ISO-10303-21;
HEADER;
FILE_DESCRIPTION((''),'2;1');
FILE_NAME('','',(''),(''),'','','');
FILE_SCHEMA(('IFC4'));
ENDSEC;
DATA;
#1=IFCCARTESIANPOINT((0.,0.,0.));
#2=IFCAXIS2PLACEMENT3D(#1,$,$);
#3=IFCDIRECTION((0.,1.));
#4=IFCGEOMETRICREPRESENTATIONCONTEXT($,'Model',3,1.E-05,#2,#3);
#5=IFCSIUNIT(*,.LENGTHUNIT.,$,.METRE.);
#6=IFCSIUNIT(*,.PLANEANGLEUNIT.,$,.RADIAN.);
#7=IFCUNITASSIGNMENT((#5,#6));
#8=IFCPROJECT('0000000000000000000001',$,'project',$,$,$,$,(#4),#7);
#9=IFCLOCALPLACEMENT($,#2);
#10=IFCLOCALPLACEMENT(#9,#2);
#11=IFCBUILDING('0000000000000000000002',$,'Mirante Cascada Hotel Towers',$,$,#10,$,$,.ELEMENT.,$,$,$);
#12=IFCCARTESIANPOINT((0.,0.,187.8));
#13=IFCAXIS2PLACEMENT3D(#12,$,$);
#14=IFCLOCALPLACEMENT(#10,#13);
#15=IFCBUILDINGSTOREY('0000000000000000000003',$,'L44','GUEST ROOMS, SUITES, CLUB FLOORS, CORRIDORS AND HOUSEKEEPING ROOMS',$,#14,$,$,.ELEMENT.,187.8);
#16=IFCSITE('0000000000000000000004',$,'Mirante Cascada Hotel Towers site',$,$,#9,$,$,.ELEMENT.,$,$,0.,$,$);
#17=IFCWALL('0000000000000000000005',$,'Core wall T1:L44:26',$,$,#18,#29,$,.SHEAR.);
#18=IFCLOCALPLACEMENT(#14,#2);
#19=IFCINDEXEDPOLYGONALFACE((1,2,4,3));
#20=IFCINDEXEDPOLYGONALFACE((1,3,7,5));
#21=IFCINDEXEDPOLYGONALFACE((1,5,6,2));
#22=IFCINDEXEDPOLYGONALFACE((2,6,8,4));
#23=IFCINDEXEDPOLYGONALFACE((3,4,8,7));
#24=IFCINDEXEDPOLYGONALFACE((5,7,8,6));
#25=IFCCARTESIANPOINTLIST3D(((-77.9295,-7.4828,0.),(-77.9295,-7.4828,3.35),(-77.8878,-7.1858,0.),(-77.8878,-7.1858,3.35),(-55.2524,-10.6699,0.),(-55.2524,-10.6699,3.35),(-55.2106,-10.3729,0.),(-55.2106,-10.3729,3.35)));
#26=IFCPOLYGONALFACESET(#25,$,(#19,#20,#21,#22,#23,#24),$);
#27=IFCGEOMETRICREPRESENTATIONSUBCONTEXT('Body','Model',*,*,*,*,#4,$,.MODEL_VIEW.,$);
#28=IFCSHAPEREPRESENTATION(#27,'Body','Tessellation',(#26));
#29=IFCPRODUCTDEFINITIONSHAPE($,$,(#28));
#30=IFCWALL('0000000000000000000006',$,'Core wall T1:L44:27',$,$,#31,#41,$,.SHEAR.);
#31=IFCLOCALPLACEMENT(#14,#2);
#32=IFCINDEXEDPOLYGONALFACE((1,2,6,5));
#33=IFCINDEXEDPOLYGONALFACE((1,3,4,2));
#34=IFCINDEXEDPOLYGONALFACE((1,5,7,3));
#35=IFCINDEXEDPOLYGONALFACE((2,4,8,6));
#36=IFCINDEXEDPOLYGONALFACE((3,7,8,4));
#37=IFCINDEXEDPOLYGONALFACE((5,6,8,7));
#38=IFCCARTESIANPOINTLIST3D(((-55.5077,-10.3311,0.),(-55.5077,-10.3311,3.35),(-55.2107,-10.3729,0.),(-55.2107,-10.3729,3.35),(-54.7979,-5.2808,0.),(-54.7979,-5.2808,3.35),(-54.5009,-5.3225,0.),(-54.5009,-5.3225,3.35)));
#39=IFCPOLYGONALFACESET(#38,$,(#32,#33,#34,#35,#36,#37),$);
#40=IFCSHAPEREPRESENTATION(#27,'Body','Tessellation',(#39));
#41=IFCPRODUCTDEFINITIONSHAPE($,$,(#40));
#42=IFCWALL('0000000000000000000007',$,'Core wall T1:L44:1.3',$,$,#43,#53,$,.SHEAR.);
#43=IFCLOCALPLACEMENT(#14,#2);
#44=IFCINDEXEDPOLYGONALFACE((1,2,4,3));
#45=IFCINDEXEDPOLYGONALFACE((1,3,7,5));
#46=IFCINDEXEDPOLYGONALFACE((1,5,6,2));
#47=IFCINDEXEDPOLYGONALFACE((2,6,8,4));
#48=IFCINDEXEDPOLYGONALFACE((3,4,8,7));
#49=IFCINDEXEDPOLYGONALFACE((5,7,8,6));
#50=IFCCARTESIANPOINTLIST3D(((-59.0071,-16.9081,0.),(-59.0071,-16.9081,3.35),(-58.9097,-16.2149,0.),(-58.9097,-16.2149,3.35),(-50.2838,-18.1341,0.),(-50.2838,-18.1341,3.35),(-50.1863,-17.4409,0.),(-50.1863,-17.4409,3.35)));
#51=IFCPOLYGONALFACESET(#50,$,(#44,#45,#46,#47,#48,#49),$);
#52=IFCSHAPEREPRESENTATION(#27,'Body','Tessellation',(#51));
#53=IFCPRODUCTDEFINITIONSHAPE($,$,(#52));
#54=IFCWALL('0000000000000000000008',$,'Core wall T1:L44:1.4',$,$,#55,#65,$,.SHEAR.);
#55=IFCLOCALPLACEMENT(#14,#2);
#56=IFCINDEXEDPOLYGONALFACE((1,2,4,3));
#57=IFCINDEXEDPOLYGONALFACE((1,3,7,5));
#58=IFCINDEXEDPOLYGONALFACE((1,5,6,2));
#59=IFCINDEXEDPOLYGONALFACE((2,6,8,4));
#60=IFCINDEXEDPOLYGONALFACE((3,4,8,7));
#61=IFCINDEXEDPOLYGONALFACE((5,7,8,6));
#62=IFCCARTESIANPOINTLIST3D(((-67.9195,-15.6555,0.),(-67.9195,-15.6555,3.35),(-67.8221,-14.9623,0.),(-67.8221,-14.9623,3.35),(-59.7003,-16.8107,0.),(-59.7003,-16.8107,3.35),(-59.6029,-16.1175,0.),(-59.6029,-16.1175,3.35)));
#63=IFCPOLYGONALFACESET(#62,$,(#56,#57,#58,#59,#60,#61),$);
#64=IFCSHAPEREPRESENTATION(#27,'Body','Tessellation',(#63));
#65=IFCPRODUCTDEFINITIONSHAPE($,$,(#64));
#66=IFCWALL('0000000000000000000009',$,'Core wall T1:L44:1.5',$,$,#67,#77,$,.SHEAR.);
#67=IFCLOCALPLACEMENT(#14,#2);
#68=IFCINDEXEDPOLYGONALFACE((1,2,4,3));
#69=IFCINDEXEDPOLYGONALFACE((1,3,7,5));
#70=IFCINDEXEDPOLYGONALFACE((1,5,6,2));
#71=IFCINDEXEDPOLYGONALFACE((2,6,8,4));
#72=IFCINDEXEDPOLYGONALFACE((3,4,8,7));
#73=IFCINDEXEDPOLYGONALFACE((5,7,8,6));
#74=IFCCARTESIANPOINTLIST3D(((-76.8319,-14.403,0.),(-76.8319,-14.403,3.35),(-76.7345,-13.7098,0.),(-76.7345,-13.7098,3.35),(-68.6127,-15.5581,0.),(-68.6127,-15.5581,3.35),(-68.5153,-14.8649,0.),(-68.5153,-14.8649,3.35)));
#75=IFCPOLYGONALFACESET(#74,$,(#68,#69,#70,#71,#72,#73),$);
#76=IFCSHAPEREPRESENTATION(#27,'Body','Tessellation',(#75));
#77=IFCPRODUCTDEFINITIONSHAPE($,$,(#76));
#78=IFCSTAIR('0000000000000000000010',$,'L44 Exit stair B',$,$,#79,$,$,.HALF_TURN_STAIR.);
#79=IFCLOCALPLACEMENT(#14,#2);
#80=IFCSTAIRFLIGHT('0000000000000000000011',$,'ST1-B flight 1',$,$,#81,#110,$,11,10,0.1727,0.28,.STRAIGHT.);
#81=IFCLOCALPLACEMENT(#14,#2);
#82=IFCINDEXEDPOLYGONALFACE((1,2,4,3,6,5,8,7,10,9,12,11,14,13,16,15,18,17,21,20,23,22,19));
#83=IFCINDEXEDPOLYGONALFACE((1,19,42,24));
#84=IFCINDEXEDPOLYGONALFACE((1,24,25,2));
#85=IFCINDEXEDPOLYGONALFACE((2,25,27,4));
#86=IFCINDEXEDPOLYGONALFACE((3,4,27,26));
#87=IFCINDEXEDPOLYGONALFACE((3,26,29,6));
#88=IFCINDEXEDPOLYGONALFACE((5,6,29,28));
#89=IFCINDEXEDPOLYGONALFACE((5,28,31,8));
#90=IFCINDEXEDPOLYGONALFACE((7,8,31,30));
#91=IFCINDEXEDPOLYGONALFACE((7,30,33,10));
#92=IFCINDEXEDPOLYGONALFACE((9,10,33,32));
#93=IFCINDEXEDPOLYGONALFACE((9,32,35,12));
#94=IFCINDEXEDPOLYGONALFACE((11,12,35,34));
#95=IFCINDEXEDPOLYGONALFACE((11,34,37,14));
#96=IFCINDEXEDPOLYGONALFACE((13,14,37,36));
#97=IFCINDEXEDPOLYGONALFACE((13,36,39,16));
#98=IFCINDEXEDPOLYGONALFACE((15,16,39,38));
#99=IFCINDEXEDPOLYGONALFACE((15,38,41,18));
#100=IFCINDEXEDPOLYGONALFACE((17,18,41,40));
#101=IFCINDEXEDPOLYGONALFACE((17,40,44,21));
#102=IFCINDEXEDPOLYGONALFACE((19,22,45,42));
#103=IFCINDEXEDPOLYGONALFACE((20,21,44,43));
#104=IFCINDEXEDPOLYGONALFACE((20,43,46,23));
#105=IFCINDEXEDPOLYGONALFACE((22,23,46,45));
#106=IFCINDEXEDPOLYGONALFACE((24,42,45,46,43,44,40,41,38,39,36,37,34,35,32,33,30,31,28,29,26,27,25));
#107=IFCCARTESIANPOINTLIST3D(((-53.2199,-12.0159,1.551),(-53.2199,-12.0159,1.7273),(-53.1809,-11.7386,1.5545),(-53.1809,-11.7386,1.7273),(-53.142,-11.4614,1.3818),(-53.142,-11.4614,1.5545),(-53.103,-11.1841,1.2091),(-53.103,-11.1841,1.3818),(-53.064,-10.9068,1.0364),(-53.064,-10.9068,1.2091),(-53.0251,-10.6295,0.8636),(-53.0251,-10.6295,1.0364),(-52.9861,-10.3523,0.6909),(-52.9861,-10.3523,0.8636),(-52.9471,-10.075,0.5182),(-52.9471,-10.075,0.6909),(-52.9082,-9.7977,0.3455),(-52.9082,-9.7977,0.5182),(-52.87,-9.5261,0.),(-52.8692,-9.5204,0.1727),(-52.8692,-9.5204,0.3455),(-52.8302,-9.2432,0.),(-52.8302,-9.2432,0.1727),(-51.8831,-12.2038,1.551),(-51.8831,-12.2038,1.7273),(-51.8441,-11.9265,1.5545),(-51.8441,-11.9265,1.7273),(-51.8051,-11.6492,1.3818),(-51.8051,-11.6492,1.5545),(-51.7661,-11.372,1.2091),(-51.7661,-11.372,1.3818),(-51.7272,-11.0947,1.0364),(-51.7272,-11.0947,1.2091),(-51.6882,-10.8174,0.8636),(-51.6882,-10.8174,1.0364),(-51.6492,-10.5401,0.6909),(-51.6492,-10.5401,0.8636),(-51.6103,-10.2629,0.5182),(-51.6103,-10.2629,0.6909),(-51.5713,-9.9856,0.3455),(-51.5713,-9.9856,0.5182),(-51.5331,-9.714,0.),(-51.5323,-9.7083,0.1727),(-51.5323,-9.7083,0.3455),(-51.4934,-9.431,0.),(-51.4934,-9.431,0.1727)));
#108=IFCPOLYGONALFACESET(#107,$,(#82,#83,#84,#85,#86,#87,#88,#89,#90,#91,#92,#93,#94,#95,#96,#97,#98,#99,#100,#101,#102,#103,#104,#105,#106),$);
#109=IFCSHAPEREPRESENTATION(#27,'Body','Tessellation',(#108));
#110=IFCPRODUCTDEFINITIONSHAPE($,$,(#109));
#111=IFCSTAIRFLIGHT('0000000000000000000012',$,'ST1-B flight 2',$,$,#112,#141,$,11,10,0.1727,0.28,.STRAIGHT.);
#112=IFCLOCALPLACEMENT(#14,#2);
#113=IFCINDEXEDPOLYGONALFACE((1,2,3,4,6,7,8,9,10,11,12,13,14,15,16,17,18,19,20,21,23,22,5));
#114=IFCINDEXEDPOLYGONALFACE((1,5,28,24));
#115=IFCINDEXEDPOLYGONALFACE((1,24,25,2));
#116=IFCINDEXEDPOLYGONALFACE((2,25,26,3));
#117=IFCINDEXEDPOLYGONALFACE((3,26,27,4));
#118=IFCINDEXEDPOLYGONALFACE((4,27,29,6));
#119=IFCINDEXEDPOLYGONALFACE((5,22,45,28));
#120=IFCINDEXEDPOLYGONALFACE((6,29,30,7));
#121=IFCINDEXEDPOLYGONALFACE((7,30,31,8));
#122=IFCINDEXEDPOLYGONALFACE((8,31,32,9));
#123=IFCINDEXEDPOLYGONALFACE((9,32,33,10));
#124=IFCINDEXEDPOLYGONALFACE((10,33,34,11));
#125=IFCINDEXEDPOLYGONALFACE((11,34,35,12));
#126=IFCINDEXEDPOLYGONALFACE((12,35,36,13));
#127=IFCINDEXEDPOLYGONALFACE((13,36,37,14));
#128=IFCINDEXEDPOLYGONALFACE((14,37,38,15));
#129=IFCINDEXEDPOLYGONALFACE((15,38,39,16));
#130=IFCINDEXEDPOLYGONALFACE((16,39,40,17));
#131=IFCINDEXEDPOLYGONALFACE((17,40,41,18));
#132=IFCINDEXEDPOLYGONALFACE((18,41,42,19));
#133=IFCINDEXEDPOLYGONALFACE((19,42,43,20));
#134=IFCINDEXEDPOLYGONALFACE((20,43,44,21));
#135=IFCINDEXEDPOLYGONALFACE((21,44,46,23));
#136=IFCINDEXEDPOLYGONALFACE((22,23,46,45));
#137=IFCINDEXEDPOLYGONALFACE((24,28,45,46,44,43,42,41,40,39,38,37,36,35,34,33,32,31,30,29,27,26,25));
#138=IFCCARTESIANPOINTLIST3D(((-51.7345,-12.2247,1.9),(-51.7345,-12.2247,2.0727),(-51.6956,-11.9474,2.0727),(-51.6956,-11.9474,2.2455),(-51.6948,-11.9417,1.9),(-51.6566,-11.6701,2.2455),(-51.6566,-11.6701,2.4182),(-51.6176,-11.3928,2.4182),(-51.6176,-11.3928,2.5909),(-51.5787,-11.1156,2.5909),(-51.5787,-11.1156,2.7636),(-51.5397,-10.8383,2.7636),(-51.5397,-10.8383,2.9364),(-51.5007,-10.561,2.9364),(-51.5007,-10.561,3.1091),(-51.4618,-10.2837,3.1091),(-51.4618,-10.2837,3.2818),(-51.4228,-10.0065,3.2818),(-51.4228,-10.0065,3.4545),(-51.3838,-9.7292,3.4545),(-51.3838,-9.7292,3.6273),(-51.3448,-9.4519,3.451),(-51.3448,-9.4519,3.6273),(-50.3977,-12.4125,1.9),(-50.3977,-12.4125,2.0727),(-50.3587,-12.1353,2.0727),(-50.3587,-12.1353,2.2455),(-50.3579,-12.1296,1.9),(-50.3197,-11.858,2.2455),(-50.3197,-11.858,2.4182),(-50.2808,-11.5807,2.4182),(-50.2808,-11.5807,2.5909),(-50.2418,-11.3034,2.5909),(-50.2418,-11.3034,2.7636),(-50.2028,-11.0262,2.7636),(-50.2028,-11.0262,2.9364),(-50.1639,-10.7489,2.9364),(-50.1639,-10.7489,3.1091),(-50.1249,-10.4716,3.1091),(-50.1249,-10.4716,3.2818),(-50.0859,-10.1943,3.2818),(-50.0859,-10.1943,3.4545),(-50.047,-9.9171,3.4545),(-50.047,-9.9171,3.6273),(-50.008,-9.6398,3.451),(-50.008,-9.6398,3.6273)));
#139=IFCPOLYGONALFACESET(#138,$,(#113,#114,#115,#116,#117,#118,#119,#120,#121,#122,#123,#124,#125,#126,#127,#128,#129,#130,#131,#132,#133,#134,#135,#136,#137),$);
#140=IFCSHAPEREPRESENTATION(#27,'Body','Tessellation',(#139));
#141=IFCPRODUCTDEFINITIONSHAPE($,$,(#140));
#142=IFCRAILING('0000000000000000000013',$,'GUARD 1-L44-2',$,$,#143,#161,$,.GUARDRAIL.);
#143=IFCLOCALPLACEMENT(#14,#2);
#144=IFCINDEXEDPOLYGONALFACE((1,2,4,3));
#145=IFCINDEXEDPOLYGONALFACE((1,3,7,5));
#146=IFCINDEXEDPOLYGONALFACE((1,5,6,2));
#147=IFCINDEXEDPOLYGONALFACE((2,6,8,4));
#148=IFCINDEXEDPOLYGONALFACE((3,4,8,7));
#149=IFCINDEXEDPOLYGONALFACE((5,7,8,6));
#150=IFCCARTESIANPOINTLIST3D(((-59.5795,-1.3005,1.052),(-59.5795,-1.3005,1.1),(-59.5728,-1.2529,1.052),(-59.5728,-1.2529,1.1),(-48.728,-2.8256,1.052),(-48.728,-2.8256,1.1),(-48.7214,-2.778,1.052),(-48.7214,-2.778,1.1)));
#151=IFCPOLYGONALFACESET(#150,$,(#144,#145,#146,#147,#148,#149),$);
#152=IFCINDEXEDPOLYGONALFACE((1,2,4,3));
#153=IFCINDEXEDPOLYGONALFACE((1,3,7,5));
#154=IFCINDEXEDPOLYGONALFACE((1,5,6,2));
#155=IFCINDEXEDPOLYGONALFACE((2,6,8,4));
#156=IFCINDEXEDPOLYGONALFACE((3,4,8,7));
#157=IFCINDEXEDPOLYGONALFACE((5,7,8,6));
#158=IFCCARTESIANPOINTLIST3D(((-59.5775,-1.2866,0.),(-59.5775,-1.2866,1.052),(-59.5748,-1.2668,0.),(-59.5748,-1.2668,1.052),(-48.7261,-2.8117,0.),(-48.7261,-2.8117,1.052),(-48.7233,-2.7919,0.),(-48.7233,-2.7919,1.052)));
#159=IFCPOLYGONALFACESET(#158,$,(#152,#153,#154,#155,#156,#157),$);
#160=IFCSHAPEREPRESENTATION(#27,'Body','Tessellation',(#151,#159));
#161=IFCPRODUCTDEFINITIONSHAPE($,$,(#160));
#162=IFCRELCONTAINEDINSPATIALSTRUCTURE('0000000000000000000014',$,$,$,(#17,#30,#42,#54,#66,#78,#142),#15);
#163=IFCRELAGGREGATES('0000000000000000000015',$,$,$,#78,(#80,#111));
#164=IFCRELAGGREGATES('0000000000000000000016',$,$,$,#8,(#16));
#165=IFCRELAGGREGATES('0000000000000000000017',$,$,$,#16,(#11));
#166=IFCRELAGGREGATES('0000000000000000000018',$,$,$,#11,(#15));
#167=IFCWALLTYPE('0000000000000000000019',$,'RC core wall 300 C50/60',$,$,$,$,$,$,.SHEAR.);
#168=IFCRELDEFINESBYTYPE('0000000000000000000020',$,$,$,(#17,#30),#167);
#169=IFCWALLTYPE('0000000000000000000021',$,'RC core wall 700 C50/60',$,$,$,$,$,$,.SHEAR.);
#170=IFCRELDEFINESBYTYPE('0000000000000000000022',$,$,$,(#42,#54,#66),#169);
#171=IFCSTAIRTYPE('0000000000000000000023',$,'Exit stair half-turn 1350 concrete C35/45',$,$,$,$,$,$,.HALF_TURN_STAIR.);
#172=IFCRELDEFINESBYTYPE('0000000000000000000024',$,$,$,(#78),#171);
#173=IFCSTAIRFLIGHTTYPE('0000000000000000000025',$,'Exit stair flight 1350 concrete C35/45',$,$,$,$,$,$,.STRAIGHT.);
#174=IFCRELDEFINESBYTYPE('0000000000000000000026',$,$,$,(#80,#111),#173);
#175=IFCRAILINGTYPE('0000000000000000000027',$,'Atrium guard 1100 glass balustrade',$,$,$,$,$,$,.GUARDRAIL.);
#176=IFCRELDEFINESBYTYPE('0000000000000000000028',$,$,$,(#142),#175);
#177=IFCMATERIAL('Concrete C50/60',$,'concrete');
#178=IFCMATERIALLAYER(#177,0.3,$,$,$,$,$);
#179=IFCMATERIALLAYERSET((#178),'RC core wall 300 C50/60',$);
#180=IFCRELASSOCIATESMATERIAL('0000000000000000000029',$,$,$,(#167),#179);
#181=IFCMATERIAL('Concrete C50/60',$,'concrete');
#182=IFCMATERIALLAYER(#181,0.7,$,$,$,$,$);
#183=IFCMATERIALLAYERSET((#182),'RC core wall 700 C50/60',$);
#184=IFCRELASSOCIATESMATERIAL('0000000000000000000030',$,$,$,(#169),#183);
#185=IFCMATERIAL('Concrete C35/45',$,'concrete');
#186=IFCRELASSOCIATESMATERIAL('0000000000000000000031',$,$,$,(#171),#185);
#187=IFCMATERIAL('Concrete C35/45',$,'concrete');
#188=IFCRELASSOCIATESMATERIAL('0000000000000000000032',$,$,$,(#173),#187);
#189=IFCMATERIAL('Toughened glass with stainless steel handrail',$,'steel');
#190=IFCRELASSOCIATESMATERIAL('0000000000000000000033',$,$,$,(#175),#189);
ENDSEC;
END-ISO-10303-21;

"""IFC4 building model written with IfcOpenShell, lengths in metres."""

from ifc_helpers import new_model, si_unit, direction, frame, frame_2d, origin, origin_2d, place, context, subcontext, project, spatial, polyline, rectangle, outline, extrude, material, layer, layer_set, type_object, element, aggregate, save


model = new_model("IFC4")

# Units and contexts
model_context = context("Model", 3, precision=1e-05, world=origin(), true_north=direction((0.0, 1.0)))
body_context = subcontext(model_context, "Body", "Model", "MODEL_VIEW")
ifc_project = project(units=[si_unit("LENGTHUNIT", "METRE"), si_unit("PLANEANGLEUNIT", "RADIAN")], contexts=[model_context])

# Site, building, storey
site_placement = place(None, origin())
site = spatial("IfcSite", under=ifc_project, at=site_placement, Name="Mirante Cascada Hotel Towers site", CompositionType="ELEMENT", RefElevation=0.0)
building_placement = place(site_placement, origin())
building = spatial("IfcBuilding", under=site, at=building_placement, Name="Mirante Cascada Hotel Towers", CompositionType="ELEMENT")
storey_placement = place(building_placement, frame((0.0, 0.0, 187.8)))
storey = spatial("IfcBuildingStorey", under=building, at=storey_placement, Name="L44", Description="GUEST ROOMS, SUITES, CLUB FLOORS, CORRIDORS AND HOUSEKEEPING ROOMS", CompositionType="ELEMENT", Elevation=187.8)

# Shared definitions
ifc_material_1 = material(Name="Concrete C50/60", Category="concrete")
ifc_layer_1 = layer(ifc_material_1, 0.3)
ifc_layer_set_1 = layer_set([ifc_layer_1], Name="RC core wall 300 C50/60")
wall_type_1 = type_object("IfcWallType", Name="RC core wall 300 C50/60", PredefinedType="SHEAR", material=ifc_layer_set_1)

# Walls
wall_1_placement = place(storey_placement, frame((-55.2315, -10.5214, 0.0), z_axis=(0.0, 0.0, 1.0), x_axis=(-0.990268, 0.139175, 0.0)))
element("IfcWall", 1, at=wall_1_placement, inside=storey, type_object=wall_type_1, Name="Core wall T1:L44:26", PredefinedType="SHEAR", context=body_context, shape_type="SweptSolid", body=[
    extrude(rectangle(XDim=22.9, YDim=0.3, at=frame_2d((11.45, 0.0))), origin(), (0.0, 0.0, 1.0), 3.35),
])
wall_2_placement = place(storey_placement, frame((-55.3592, -10.352, 0.0), z_axis=(0.0, 0.0, 1.0), x_axis=(0.139176, 0.990268, 0.0)))
element("IfcWall", 2, at=wall_2_placement, inside=storey, type_object=wall_type_1, Name="Core wall T1:L44:27", PredefinedType="SHEAR", context=body_context, shape_type="SweptSolid", body=[
    extrude(rectangle(XDim=5.1, YDim=0.3, at=frame_2d((2.55, 0.0))), origin(), (0.0, 0.0, 1.0), 3.35),
])
ifc_material_2 = material(Name="Concrete C50/60", Category="concrete")
ifc_layer_2 = layer(ifc_material_2, 0.7)
ifc_layer_set_2 = layer_set([ifc_layer_2], Name="RC core wall 700 C50/60")
wall_type_2 = type_object("IfcWallType", Name="RC core wall 700 C50/60", PredefinedType="SHEAR", material=ifc_layer_set_2)
wall_3_placement = place(storey_placement, frame((-50.235, -17.7875, 0.0), z_axis=(0.0, 0.0, 1.0), x_axis=(-0.990268, 0.139174, 0.0)))
element("IfcWall", 3, at=wall_3_placement, inside=storey, type_object=wall_type_2, Name="Core wall T1:L44:1.3", PredefinedType="SHEAR", context=body_context, shape_type="SweptSolid", body=[
    extrude(rectangle(XDim=8.8091, YDim=0.7, at=frame_2d((4.4046, 0.0))), origin(), (0.0, 0.0, 1.0), 3.35),
])
for number, where, z_axis, x_axis, name in (
    (4, (-59.6516, -16.4641, 0.0), (0.0, 0.0, 1.0), (-0.990267, 0.139181, 0.0), "Core wall T1:L44:1.4"),
    (5, (-68.564, -15.2115, 0.0), (0.0, 0.0, 1.0), (-0.990269, 0.139169, 0.0), "Core wall T1:L44:1.5"),
):
    element("IfcWall", number, at=place(storey_placement, frame(where, z_axis=z_axis, x_axis=x_axis)), inside=storey, type_object=wall_type_2, Name=name, PredefinedType="SHEAR", context=body_context, shape_type="SweptSolid", body=[
        extrude(rectangle(XDim=8.3, YDim=0.7, at=frame_2d((4.15, 0.0))), origin(), (0.0, 0.0, 1.0), 3.35),
    ])

# Stair, stair flights
ifc_material_3 = material(Name="Concrete C35/45", Category="concrete")
stair_type = type_object("IfcStairType", Name="Exit stair half-turn 1350 concrete C35/45", PredefinedType="HALF_TURN_STAIR", material=ifc_material_3)
stair_placement = place(storey_placement, origin())
stair = element("IfcStair", 6, at=stair_placement, inside=storey, type_object=stair_type, Name="L44 Exit stair B", PredefinedType="HALF_TURN_STAIR")
ifc_material_4 = material(Name="Concrete C35/45", Category="concrete")
stair_flight_type = type_object("IfcStairFlightType", Name="Exit stair flight 1350 concrete C35/45", PredefinedType="STRAIGHT", material=ifc_material_4)
stair_flight_1_placement = place(storey_placement, frame((-52.1618, -9.3371, 0.0), z_axis=(0.0, 0.0, 1.0), x_axis=(-0.139173, -0.990268, 0.0)))
stair_flight_1 = element("IfcStairFlight", 7, at=stair_flight_1_placement, type_object=stair_flight_type, Name="ST1-B flight 1", NumberOfRisers=11, NumberOfTreads=10, PredefinedType="STRAIGHT", RiserHeight=0.1727, TreadLength=0.28, context=body_context, shape_type="SweptSolid", body=[
    extrude(outline(polyline([(0.0, 0.0), (0.0, 0.1727), (0.28, 0.1727), (0.28, 0.3455), (0.56, 0.3455), (0.56, 0.5182), (0.84, 0.5182), (0.84, 0.6909), (1.12, 0.6909), (1.12, 0.8636), (1.4, 0.8636), (1.4, 1.0364), (1.68, 1.0364), (1.68, 1.2091), (1.96, 1.2091), (1.96, 1.3818), (2.24, 1.3818), (2.24, 1.5545), (2.52, 1.5545), (2.52, 1.7273), (2.8, 1.7273), (2.8, 1.9), (2.8, 1.551), (0.2857, 0.0), (0.0, 0.0)])), frame((0.0, 0.675, 0.0), z_axis=(0.0, -1.0, 0.0), x_axis=(1.0, 0.0, 0.0)), (0.0, 0.0, 1.0), 1.35),
])
stair_flight_2_placement = place(storey_placement, frame((-51.0661, -12.3186, 1.9), z_axis=(0.0, 0.0, 1.0), x_axis=(0.139173, 0.990268, 0.0)))
stair_flight_2 = element("IfcStairFlight", 8, at=stair_flight_2_placement, type_object=stair_flight_type, Name="ST1-B flight 2", NumberOfRisers=11, NumberOfTreads=10, PredefinedType="STRAIGHT", RiserHeight=0.1727, TreadLength=0.28, context=body_context, shape_type="SweptSolid", body=[
    extrude(outline(polyline([(0.0, 0.0), (0.0, 0.1727), (0.28, 0.1727), (0.28, 0.3455), (0.56, 0.3455), (0.56, 0.5182), (0.84, 0.5182), (0.84, 0.6909), (1.12, 0.6909), (1.12, 0.8636), (1.4, 0.8636), (1.4, 1.0364), (1.68, 1.0364), (1.68, 1.2091), (1.96, 1.2091), (1.96, 1.3818), (2.24, 1.3818), (2.24, 1.5545), (2.52, 1.5545), (2.52, 1.7273), (2.8, 1.7273), (2.8, 1.9), (2.8, 1.551), (0.2857, 0.0), (0.0, 0.0)])), frame((0.0, 0.675, 0.0), z_axis=(0.0, -1.0, 0.0), x_axis=(1.0, 0.0, 0.0)), (0.0, 0.0, 1.0), 1.35),
])
aggregate(stair, [stair_flight_1, stair_flight_2])

# Railing
ifc_material_5 = material(Name="Toughened glass with stainless steel handrail", Category="steel")
railing_type_1 = type_object("IfcRailingType", Name="Atrium guard 1100 glass balustrade", PredefinedType="GUARDRAIL", material=ifc_material_5)
railing_1_placement = place(storey_placement, frame((-48.7247, -2.8018, 0.0)))
element("IfcRailing", 9, at=railing_1_placement, inside=storey, type_object=railing_type_1, Name="GUARD 1-L44-2", PredefinedType="GUARDRAIL", context=body_context, shape_type="SweptSolid", body=[
    extrude(rectangle(XDim=0.048, YDim=0.048, at=origin_2d()), frame((0.0, 0.0, 1.076), z_axis=(-0.990268, 0.139175, 0.0), x_axis=(-0.139175, -0.990268, 0.0)), (0.0, 0.0, 1.0), 10.9581),
    extrude(rectangle(XDim=0.02, YDim=1.052, at=origin_2d()), frame((0.0, 0.0, 0.526), z_axis=(-0.990268, 0.139175, 0.0), x_axis=(-0.139175, -0.990268, 0.0)), (0.0, 0.0, 1.0), 10.9581),
])

save(model, "model.ifc")
